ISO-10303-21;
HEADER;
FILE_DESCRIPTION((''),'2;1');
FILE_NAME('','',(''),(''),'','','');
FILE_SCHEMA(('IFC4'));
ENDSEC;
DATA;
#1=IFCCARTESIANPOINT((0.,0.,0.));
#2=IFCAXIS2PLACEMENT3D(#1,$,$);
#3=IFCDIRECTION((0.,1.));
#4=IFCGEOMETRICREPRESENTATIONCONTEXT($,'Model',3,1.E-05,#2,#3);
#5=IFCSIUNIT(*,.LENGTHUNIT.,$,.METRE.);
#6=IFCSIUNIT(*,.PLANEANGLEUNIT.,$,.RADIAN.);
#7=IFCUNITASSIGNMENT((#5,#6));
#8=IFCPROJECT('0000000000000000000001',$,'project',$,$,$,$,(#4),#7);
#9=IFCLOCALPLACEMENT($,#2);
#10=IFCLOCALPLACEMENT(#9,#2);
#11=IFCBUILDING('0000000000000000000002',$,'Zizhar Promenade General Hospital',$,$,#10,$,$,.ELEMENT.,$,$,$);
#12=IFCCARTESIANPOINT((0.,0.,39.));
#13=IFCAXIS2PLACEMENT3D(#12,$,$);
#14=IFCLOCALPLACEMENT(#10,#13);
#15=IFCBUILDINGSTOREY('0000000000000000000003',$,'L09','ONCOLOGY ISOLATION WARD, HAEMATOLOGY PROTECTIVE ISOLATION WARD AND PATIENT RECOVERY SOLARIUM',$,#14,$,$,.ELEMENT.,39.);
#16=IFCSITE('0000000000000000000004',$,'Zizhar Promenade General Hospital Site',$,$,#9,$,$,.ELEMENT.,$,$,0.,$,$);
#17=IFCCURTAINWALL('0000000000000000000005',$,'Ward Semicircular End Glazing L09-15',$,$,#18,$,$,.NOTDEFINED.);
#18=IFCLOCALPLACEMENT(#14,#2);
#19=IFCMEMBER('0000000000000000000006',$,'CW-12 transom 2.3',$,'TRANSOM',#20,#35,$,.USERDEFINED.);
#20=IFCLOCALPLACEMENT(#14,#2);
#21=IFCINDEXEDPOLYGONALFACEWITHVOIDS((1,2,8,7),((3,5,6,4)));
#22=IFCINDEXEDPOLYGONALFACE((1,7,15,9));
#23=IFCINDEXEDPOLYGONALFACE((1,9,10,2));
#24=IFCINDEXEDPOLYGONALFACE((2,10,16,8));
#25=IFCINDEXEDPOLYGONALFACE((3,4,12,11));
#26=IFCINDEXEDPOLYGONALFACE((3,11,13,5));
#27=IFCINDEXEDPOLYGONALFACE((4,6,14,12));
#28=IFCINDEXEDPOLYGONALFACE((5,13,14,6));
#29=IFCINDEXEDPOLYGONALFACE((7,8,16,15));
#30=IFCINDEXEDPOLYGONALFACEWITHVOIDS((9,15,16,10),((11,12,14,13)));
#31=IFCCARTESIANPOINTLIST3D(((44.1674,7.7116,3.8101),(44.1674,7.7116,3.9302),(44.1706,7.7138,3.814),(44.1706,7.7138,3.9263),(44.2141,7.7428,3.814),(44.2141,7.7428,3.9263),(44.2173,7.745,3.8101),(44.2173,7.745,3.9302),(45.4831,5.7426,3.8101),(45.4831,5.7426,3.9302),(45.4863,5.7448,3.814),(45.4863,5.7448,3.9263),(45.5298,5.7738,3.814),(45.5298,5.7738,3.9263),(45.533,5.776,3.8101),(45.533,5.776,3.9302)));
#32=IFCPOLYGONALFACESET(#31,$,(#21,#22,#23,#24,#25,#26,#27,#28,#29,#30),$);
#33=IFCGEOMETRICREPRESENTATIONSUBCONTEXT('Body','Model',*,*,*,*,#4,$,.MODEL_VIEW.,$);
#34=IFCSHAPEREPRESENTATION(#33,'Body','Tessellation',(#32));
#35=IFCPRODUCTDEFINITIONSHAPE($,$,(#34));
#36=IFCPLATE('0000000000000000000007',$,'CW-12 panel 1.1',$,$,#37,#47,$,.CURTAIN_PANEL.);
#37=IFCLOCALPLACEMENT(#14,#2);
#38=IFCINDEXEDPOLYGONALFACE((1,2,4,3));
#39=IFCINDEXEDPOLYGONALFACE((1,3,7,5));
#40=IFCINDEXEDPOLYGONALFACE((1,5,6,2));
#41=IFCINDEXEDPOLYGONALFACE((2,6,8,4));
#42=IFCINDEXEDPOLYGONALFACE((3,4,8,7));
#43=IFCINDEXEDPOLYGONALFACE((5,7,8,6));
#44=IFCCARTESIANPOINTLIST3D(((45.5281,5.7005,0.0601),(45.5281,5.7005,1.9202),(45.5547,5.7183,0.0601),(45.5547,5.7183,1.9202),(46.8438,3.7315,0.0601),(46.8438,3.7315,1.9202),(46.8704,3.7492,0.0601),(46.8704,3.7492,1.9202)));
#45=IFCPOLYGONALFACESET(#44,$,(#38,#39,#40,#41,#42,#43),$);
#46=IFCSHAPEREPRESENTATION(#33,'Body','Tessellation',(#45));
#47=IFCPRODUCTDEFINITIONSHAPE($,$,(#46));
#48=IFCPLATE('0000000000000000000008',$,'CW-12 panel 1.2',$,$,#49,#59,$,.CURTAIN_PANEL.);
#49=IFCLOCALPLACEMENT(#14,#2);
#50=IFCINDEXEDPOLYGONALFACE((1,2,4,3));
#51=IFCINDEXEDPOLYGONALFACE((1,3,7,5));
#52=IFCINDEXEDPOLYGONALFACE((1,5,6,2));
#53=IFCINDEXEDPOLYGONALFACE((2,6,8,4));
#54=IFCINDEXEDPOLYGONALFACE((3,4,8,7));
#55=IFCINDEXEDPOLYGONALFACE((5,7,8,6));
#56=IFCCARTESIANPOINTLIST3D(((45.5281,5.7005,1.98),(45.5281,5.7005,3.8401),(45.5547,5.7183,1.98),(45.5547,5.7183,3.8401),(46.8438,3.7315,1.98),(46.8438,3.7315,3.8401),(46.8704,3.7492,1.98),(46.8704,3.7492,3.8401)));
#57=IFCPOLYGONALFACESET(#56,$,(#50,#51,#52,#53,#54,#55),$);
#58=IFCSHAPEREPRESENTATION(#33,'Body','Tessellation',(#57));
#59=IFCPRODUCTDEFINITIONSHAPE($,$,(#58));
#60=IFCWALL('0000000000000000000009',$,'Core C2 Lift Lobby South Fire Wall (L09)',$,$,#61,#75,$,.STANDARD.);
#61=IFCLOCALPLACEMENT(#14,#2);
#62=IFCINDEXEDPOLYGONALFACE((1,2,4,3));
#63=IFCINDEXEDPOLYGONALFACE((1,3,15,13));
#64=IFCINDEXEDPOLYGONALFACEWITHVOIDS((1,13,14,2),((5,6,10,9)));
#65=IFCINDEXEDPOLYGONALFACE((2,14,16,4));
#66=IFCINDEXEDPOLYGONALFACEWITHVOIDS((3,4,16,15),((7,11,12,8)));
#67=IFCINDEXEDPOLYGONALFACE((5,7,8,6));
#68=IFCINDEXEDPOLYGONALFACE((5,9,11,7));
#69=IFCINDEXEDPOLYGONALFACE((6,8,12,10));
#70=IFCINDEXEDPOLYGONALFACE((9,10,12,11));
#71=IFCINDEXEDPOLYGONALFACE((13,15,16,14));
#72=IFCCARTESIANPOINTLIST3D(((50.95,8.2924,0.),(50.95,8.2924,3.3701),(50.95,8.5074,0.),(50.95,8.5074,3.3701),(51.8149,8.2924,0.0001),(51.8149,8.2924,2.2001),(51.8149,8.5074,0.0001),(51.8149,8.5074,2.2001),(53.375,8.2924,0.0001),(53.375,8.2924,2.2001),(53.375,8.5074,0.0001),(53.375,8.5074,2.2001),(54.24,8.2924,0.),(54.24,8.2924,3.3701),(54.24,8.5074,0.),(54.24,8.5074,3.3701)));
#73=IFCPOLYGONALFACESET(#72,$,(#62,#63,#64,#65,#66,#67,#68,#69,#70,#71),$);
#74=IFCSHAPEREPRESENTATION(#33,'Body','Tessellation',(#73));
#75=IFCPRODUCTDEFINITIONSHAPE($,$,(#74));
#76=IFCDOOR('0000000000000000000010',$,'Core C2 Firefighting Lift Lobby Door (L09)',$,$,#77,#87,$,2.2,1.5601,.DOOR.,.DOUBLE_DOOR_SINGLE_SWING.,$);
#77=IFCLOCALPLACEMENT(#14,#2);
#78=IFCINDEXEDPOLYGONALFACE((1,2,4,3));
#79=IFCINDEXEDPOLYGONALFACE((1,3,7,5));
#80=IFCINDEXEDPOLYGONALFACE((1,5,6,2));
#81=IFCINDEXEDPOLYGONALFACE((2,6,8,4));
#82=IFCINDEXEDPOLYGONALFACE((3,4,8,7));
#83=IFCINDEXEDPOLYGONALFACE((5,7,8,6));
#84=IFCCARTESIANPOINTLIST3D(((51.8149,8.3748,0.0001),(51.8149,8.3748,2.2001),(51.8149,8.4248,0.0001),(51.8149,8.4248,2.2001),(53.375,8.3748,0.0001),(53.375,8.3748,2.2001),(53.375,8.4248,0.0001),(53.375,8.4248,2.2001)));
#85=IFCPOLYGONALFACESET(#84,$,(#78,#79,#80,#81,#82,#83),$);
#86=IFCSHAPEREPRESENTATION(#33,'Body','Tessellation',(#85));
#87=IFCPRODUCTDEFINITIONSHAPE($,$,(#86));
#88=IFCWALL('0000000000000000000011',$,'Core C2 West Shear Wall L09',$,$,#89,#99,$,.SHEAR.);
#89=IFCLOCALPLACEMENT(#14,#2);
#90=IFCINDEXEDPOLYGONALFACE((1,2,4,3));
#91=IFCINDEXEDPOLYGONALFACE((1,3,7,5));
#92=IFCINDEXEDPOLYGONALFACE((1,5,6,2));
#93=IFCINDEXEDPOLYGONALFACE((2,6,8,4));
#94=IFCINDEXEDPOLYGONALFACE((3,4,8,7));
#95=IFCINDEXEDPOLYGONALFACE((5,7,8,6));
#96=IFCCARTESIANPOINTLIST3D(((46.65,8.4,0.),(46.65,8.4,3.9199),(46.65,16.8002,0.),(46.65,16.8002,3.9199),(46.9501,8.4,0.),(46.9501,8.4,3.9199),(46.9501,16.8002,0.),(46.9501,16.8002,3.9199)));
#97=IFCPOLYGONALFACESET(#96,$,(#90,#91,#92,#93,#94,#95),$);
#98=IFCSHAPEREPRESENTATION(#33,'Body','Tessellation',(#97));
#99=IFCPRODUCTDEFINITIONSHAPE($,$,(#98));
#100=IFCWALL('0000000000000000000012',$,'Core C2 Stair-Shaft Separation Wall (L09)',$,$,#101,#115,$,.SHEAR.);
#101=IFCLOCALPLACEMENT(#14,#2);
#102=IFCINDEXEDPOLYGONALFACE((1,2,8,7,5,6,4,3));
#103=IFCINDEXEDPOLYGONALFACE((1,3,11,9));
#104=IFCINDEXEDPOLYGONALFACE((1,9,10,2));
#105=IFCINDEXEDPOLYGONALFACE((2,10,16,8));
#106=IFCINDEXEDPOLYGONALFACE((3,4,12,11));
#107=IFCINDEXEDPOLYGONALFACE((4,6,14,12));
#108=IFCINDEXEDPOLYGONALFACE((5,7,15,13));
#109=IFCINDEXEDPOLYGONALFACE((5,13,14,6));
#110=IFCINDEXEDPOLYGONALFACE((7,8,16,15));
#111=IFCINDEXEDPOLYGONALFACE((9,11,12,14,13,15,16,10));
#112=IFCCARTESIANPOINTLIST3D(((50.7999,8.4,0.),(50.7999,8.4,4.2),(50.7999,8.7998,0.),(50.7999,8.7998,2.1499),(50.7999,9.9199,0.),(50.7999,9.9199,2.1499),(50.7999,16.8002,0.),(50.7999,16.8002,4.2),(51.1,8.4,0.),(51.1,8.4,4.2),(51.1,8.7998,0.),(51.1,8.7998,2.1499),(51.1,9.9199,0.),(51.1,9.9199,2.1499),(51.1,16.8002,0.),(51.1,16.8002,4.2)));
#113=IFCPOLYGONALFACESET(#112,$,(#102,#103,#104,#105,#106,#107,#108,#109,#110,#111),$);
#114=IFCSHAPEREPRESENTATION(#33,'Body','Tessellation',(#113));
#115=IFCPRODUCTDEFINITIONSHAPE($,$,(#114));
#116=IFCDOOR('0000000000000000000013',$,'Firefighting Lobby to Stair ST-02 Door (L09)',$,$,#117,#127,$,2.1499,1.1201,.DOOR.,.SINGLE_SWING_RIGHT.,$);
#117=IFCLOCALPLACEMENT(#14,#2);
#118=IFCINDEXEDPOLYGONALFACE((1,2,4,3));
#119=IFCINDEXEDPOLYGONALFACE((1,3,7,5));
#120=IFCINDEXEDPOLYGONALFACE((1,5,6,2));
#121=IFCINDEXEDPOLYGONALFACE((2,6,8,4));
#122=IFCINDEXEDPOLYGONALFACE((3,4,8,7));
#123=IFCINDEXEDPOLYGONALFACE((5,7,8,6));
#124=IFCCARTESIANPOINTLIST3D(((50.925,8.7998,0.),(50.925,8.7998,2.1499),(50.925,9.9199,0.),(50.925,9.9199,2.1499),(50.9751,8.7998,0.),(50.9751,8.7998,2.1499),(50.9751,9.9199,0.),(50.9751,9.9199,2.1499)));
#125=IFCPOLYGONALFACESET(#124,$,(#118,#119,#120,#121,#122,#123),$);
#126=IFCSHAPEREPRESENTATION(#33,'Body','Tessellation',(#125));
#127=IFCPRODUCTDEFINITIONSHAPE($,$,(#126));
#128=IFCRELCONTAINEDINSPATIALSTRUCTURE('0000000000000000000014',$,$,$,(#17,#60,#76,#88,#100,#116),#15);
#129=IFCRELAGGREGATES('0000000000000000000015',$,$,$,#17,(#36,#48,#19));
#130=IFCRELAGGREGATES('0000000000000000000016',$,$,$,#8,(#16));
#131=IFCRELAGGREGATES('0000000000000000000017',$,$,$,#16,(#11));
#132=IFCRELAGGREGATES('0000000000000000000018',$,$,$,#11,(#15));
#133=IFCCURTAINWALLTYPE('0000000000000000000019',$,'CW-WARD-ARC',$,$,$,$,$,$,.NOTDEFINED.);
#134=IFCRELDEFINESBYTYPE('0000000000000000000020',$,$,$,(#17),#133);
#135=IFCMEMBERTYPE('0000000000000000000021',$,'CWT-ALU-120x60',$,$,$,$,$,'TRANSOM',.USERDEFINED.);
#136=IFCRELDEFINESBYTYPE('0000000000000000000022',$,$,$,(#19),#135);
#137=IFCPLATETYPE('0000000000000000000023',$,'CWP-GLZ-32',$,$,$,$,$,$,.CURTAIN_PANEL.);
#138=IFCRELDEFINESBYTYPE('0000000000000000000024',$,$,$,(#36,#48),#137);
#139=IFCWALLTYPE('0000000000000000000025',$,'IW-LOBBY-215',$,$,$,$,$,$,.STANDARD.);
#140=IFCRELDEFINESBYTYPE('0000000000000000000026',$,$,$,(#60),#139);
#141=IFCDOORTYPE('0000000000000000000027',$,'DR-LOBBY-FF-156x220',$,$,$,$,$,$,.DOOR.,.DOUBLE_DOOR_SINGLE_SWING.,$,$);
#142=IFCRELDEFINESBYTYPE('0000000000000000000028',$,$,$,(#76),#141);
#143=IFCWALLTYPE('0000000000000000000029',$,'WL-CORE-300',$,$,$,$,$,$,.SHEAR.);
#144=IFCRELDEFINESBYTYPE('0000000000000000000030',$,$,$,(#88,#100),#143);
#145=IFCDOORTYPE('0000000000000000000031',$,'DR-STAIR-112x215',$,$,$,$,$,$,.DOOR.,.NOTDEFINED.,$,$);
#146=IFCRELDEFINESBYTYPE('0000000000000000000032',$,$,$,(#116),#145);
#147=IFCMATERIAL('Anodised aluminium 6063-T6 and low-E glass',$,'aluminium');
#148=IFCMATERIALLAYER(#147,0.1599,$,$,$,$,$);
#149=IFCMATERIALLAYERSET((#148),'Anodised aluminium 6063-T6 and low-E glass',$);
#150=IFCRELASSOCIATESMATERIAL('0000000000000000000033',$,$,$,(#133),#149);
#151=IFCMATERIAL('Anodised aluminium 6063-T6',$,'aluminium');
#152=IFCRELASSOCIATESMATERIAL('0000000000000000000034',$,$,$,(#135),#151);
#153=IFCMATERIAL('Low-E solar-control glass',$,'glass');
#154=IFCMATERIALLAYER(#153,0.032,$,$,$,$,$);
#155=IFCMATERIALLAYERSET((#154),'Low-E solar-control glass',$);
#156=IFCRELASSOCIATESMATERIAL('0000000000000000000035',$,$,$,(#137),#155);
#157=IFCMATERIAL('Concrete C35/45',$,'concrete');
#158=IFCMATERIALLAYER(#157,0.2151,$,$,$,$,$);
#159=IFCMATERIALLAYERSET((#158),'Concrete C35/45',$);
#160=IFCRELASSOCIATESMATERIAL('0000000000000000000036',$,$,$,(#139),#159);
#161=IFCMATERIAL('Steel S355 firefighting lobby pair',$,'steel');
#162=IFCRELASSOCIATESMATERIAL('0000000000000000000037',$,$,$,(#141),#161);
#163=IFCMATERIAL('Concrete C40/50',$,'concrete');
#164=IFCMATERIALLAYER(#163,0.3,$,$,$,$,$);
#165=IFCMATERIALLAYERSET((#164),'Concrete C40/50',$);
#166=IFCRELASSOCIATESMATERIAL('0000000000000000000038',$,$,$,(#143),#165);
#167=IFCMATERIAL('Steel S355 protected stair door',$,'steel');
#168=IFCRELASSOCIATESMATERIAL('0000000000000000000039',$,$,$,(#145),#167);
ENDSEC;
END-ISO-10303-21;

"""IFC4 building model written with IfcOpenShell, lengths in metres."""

from ifc_helpers import new_model, si_unit, direction, frame, frame_2d, origin, origin_2d, place, context, subcontext, project, spatial, rectangle, hollow_rectangle, extrude, material, layer, layer_set, material_profile, profile_set, type_object, element, fill, aggregate, save


model = new_model("IFC4")

# Units and contexts
model_context = context("Model", 3, precision=1e-05, world=origin(), true_north=direction((0.0, 1.0)))
body_context = subcontext(model_context, "Body", "Model", "MODEL_VIEW")
ifc_project = project(units=[si_unit("LENGTHUNIT", "METRE"), si_unit("PLANEANGLEUNIT", "RADIAN")], contexts=[model_context])

# Site, building, storey
site_placement = place(None, origin())
site = spatial("IfcSite", under=ifc_project, at=site_placement, Name="Zizhar Promenade General Hospital Site", CompositionType="ELEMENT", RefElevation=0.0)
building_placement = place(site_placement, origin())
building = spatial("IfcBuilding", under=site, at=building_placement, Name="Zizhar Promenade General Hospital", CompositionType="ELEMENT")
storey_placement = place(building_placement, frame((0.0, 0.0, 39.0)))
storey = spatial("IfcBuildingStorey", under=building, at=storey_placement, Name="L09", Description="ONCOLOGY ISOLATION WARD, HAEMATOLOGY PROTECTIVE ISOLATION WARD AND PATIENT RECOVERY SOLARIUM", CompositionType="ELEMENT", Elevation=39.0)

# Curtain wall
ifc_material_1 = material(Name="Anodised aluminium 6063-T6 and low-E glass", Category="aluminium")
ifc_layer_1 = layer(ifc_material_1, 0.1599)
ifc_layer_set_1 = layer_set([ifc_layer_1], Name="Anodised aluminium 6063-T6 and low-E glass")
curtain_wall_type = type_object("IfcCurtainWallType", Name="CW-WARD-ARC", PredefinedType="NOTDEFINED", material=ifc_layer_set_1)
curtain_wall_1_placement = place(storey_placement, origin())
curtain_wall_1 = element("IfcCurtainWall", 1, at=curtain_wall_1_placement, inside=storey, type_object=curtain_wall_type, Name="Ward Semicircular End Glazing L09-15", PredefinedType="NOTDEFINED")

# Member
ifc_material_2 = material(Name="Anodised aluminium 6063-T6", Category="aluminium")
ifc_material_profile_1 = material_profile(ifc_material_2, hollow_rectangle(XDim=0.0601, YDim=0.1201, WallThickness=0.0039, at=origin_2d()))
ifc_profile_set_1 = profile_set([ifc_material_profile_1], Name="Anodised aluminium 6063-T6")
member_type_1 = type_object("IfcMemberType", Name="CWT-ALU-120x60", ElementType="TRANSOM", PredefinedType="USERDEFINED", material=ifc_profile_set_1)
member_1_placement = place(storey_placement, frame((45.5081, 5.7593, 3.8701), z_axis=(-0.55558, 0.831463, 0.0), x_axis=(-0.831463, -0.55558, 0.0)))
member_1 = element("IfcMember", 2, at=member_1_placement, type_object=member_type_1, Name="CW-12 transom 2.3", ObjectType="TRANSOM", PredefinedType="USERDEFINED", context=body_context, shape_type="SweptSolid", body=[
    extrude(hollow_rectangle(XDim=0.0601, YDim=0.1201, WallThickness=0.0039, at=origin_2d()), origin(), (0.0, 0.0, 1.0), 2.3682),
])

# Plates
ifc_material_3 = material(Name="Low-E solar-control glass", Category="glass")
ifc_layer_2 = layer(ifc_material_3, 0.032)
ifc_layer_set_2 = layer_set([ifc_layer_2], Name="Low-E solar-control glass")
plate_type = type_object("IfcPlateType", Name="CWP-GLZ-32", PredefinedType="CURTAIN_PANEL", material=ifc_layer_set_2)
plate_1_placement = place(storey_placement, frame((46.1992, 4.7249, 0.0601), z_axis=(0.0, 0.0, 1.0), x_axis=(-0.555582, 0.831462, 0.0)))
plate_1 = element("IfcPlate", 3, at=plate_1_placement, type_object=plate_type, Name="CW-12 panel 1.1", PredefinedType="CURTAIN_PANEL", context=body_context, shape_type="SweptSolid", body=[
    extrude(rectangle(XDim=2.3682, YDim=0.032, at=origin_2d()), origin(), (0.0, 0.0, 1.0), 1.8601),
])
plate_2_placement = place(storey_placement, frame((46.1992, 4.7249, 1.98), z_axis=(0.0, 0.0, 1.0), x_axis=(-0.555582, 0.831462, 0.0)))
plate_2 = element("IfcPlate", 4, at=plate_2_placement, type_object=plate_type, Name="CW-12 panel 1.2", PredefinedType="CURTAIN_PANEL", context=body_context, shape_type="SweptSolid", body=[
    extrude(rectangle(XDim=2.3682, YDim=0.032, at=origin_2d()), origin(), (0.0, 0.0, 1.0), 1.8601),
])
aggregate(curtain_wall_1, [plate_1, plate_2, member_1])

# Wall, opening, door
ifc_material_4 = material(Name="Concrete C35/45", Category="concrete")
ifc_layer_3 = layer(ifc_material_4, 0.2151)
ifc_layer_set_3 = layer_set([ifc_layer_3], Name="Concrete C35/45")
wall_type_1 = type_object("IfcWallType", Name="IW-LOBBY-215", PredefinedType="STANDARD", material=ifc_layer_set_3)
wall_1_placement = place(storey_placement, frame((50.95, 8.3999, 0.0), z_axis=(0.0, 0.0, 1.0), x_axis=(1.0, 0.0, 0.0)))
wall_1 = element("IfcWall", 5, at=wall_1_placement, inside=storey, type_object=wall_type_1, Name="Core C2 Lift Lobby South Fire Wall (L09)", PredefinedType="STANDARD", context=body_context, shape_type="SweptSolid", body=[
    extrude(rectangle(XDim=3.29, YDim=0.2151, at=frame_2d((1.645, 0.0))), origin(), (0.0, 0.0, 1.0), 3.3701),
])
opening_1_placement = place(wall_1_placement, frame((0.865, 0.0, 0.0)))
opening_1 = element("IfcOpeningElement", 6, at=opening_1_placement, cuts=wall_1, PredefinedType="OPENING", context=body_context, shape_type="SweptSolid", body=[
    extrude(rectangle(XDim=1.5601, YDim=2.2, at=frame_2d((0.78, 1.1001))), frame((0.0, 0.1177, 0.0), z_axis=(0.0, -1.0, 0.0), x_axis=(1.0, 0.0, 0.0)), (0.0, 0.0, 1.0), 0.2351),
])
ifc_material_5 = material(Name="Steel S355 firefighting lobby pair", Category="steel")
door_type_1 = type_object("IfcDoorType", Name="DR-LOBBY-FF-156x220", OperationType="DOUBLE_DOOR_SINGLE_SWING", PredefinedType="DOOR", material=ifc_material_5)
door_1_placement = place(opening_1_placement, origin())
door_1 = element("IfcDoor", 7, at=door_1_placement, inside=storey, type_object=door_type_1, Name="Core C2 Firefighting Lift Lobby Door (L09)", OperationType="DOUBLE_DOOR_SINGLE_SWING", OverallHeight=2.2, OverallWidth=1.5601, PredefinedType="DOOR", context=body_context, shape_type="SweptSolid", body=[
    extrude(rectangle(XDim=1.5601, YDim=2.2, at=frame_2d((0.78, 1.1001))), frame((0.0, 0.0249, 0.0), z_axis=(0.0, -1.0, 0.0), x_axis=(1.0, 0.0, 0.0)), (0.0, 0.0, 1.0), 0.05),
])
fill(opening_1, door_1)

# Wall
ifc_material_6 = material(Name="Concrete C40/50", Category="concrete")
ifc_layer_4 = layer(ifc_material_6, 0.3)
ifc_layer_set_4 = layer_set([ifc_layer_4], Name="Concrete C40/50")
wall_type_2 = type_object("IfcWallType", Name="WL-CORE-300", PredefinedType="SHEAR", material=ifc_layer_set_4)
wall_2_placement = place(storey_placement, frame((46.8, 8.3999, 0.0), z_axis=(0.0, 0.0, 1.0), x_axis=(0.0, 1.0, 0.0)))
element("IfcWall", 8, at=wall_2_placement, inside=storey, type_object=wall_type_2, Name="Core C2 West Shear Wall L09", PredefinedType="SHEAR", context=body_context, shape_type="SweptSolid", body=[
    extrude(rectangle(XDim=8.4001, YDim=0.3, at=frame_2d((4.2002, 0.0))), origin(), (0.0, 0.0, 1.0), 3.9199),
])

# Wall, opening, door
ifc_material_7 = material(Name="Steel S355 protected stair door", Category="steel")
door_type_2 = type_object("IfcDoorType", Name="DR-STAIR-112x215", OperationType="NOTDEFINED", PredefinedType="DOOR", material=ifc_material_7)
wall_3_placement = place(storey_placement, frame((50.95, 8.3999, 0.0), z_axis=(0.0, 0.0, 1.0), x_axis=(0.0, 1.0, 0.0)))
wall_3 = element("IfcWall", 9, at=wall_3_placement, inside=storey, type_object=wall_type_2, Name="Core C2 Stair-Shaft Separation Wall (L09)", PredefinedType="SHEAR", context=body_context, shape_type="SweptSolid", body=[
    extrude(rectangle(XDim=8.4001, YDim=0.3, at=frame_2d((4.2002, 0.0))), origin(), (0.0, 0.0, 1.0), 4.2),
])
opening_2_placement = place(wall_3_placement, frame((0.3999, 0.0, 0.0)))
opening_2 = element("IfcOpeningElement", 10, at=opening_2_placement, cuts=wall_3, PredefinedType="OPENING", context=body_context, shape_type="SweptSolid", body=[
    extrude(rectangle(XDim=1.1201, YDim=2.1499, at=frame_2d((0.5601, 1.075))), frame((0.0, 0.1602, 0.0), z_axis=(0.0, -1.0, 0.0), x_axis=(1.0, 0.0, 0.0)), (0.0, 0.0, 1.0), 0.3201),
])
door_2_placement = place(opening_2_placement, origin())
door_2 = element("IfcDoor", 11, at=door_2_placement, inside=storey, type_object=door_type_2, Name="Firefighting Lobby to Stair ST-02 Door (L09)", OperationType="SINGLE_SWING_RIGHT", OverallHeight=2.1499, OverallWidth=1.1201, PredefinedType="DOOR", context=body_context, shape_type="SweptSolid", body=[
    extrude(rectangle(XDim=1.1201, YDim=2.1499, at=frame_2d((0.5601, 1.075))), frame((0.0, 0.0249, 0.0), z_axis=(0.0, -1.0, 0.0), x_axis=(1.0, 0.0, 0.0)), (0.0, 0.0, 1.0), 0.05),
])
fill(opening_2, door_2)

save(model, "model.ifc")
